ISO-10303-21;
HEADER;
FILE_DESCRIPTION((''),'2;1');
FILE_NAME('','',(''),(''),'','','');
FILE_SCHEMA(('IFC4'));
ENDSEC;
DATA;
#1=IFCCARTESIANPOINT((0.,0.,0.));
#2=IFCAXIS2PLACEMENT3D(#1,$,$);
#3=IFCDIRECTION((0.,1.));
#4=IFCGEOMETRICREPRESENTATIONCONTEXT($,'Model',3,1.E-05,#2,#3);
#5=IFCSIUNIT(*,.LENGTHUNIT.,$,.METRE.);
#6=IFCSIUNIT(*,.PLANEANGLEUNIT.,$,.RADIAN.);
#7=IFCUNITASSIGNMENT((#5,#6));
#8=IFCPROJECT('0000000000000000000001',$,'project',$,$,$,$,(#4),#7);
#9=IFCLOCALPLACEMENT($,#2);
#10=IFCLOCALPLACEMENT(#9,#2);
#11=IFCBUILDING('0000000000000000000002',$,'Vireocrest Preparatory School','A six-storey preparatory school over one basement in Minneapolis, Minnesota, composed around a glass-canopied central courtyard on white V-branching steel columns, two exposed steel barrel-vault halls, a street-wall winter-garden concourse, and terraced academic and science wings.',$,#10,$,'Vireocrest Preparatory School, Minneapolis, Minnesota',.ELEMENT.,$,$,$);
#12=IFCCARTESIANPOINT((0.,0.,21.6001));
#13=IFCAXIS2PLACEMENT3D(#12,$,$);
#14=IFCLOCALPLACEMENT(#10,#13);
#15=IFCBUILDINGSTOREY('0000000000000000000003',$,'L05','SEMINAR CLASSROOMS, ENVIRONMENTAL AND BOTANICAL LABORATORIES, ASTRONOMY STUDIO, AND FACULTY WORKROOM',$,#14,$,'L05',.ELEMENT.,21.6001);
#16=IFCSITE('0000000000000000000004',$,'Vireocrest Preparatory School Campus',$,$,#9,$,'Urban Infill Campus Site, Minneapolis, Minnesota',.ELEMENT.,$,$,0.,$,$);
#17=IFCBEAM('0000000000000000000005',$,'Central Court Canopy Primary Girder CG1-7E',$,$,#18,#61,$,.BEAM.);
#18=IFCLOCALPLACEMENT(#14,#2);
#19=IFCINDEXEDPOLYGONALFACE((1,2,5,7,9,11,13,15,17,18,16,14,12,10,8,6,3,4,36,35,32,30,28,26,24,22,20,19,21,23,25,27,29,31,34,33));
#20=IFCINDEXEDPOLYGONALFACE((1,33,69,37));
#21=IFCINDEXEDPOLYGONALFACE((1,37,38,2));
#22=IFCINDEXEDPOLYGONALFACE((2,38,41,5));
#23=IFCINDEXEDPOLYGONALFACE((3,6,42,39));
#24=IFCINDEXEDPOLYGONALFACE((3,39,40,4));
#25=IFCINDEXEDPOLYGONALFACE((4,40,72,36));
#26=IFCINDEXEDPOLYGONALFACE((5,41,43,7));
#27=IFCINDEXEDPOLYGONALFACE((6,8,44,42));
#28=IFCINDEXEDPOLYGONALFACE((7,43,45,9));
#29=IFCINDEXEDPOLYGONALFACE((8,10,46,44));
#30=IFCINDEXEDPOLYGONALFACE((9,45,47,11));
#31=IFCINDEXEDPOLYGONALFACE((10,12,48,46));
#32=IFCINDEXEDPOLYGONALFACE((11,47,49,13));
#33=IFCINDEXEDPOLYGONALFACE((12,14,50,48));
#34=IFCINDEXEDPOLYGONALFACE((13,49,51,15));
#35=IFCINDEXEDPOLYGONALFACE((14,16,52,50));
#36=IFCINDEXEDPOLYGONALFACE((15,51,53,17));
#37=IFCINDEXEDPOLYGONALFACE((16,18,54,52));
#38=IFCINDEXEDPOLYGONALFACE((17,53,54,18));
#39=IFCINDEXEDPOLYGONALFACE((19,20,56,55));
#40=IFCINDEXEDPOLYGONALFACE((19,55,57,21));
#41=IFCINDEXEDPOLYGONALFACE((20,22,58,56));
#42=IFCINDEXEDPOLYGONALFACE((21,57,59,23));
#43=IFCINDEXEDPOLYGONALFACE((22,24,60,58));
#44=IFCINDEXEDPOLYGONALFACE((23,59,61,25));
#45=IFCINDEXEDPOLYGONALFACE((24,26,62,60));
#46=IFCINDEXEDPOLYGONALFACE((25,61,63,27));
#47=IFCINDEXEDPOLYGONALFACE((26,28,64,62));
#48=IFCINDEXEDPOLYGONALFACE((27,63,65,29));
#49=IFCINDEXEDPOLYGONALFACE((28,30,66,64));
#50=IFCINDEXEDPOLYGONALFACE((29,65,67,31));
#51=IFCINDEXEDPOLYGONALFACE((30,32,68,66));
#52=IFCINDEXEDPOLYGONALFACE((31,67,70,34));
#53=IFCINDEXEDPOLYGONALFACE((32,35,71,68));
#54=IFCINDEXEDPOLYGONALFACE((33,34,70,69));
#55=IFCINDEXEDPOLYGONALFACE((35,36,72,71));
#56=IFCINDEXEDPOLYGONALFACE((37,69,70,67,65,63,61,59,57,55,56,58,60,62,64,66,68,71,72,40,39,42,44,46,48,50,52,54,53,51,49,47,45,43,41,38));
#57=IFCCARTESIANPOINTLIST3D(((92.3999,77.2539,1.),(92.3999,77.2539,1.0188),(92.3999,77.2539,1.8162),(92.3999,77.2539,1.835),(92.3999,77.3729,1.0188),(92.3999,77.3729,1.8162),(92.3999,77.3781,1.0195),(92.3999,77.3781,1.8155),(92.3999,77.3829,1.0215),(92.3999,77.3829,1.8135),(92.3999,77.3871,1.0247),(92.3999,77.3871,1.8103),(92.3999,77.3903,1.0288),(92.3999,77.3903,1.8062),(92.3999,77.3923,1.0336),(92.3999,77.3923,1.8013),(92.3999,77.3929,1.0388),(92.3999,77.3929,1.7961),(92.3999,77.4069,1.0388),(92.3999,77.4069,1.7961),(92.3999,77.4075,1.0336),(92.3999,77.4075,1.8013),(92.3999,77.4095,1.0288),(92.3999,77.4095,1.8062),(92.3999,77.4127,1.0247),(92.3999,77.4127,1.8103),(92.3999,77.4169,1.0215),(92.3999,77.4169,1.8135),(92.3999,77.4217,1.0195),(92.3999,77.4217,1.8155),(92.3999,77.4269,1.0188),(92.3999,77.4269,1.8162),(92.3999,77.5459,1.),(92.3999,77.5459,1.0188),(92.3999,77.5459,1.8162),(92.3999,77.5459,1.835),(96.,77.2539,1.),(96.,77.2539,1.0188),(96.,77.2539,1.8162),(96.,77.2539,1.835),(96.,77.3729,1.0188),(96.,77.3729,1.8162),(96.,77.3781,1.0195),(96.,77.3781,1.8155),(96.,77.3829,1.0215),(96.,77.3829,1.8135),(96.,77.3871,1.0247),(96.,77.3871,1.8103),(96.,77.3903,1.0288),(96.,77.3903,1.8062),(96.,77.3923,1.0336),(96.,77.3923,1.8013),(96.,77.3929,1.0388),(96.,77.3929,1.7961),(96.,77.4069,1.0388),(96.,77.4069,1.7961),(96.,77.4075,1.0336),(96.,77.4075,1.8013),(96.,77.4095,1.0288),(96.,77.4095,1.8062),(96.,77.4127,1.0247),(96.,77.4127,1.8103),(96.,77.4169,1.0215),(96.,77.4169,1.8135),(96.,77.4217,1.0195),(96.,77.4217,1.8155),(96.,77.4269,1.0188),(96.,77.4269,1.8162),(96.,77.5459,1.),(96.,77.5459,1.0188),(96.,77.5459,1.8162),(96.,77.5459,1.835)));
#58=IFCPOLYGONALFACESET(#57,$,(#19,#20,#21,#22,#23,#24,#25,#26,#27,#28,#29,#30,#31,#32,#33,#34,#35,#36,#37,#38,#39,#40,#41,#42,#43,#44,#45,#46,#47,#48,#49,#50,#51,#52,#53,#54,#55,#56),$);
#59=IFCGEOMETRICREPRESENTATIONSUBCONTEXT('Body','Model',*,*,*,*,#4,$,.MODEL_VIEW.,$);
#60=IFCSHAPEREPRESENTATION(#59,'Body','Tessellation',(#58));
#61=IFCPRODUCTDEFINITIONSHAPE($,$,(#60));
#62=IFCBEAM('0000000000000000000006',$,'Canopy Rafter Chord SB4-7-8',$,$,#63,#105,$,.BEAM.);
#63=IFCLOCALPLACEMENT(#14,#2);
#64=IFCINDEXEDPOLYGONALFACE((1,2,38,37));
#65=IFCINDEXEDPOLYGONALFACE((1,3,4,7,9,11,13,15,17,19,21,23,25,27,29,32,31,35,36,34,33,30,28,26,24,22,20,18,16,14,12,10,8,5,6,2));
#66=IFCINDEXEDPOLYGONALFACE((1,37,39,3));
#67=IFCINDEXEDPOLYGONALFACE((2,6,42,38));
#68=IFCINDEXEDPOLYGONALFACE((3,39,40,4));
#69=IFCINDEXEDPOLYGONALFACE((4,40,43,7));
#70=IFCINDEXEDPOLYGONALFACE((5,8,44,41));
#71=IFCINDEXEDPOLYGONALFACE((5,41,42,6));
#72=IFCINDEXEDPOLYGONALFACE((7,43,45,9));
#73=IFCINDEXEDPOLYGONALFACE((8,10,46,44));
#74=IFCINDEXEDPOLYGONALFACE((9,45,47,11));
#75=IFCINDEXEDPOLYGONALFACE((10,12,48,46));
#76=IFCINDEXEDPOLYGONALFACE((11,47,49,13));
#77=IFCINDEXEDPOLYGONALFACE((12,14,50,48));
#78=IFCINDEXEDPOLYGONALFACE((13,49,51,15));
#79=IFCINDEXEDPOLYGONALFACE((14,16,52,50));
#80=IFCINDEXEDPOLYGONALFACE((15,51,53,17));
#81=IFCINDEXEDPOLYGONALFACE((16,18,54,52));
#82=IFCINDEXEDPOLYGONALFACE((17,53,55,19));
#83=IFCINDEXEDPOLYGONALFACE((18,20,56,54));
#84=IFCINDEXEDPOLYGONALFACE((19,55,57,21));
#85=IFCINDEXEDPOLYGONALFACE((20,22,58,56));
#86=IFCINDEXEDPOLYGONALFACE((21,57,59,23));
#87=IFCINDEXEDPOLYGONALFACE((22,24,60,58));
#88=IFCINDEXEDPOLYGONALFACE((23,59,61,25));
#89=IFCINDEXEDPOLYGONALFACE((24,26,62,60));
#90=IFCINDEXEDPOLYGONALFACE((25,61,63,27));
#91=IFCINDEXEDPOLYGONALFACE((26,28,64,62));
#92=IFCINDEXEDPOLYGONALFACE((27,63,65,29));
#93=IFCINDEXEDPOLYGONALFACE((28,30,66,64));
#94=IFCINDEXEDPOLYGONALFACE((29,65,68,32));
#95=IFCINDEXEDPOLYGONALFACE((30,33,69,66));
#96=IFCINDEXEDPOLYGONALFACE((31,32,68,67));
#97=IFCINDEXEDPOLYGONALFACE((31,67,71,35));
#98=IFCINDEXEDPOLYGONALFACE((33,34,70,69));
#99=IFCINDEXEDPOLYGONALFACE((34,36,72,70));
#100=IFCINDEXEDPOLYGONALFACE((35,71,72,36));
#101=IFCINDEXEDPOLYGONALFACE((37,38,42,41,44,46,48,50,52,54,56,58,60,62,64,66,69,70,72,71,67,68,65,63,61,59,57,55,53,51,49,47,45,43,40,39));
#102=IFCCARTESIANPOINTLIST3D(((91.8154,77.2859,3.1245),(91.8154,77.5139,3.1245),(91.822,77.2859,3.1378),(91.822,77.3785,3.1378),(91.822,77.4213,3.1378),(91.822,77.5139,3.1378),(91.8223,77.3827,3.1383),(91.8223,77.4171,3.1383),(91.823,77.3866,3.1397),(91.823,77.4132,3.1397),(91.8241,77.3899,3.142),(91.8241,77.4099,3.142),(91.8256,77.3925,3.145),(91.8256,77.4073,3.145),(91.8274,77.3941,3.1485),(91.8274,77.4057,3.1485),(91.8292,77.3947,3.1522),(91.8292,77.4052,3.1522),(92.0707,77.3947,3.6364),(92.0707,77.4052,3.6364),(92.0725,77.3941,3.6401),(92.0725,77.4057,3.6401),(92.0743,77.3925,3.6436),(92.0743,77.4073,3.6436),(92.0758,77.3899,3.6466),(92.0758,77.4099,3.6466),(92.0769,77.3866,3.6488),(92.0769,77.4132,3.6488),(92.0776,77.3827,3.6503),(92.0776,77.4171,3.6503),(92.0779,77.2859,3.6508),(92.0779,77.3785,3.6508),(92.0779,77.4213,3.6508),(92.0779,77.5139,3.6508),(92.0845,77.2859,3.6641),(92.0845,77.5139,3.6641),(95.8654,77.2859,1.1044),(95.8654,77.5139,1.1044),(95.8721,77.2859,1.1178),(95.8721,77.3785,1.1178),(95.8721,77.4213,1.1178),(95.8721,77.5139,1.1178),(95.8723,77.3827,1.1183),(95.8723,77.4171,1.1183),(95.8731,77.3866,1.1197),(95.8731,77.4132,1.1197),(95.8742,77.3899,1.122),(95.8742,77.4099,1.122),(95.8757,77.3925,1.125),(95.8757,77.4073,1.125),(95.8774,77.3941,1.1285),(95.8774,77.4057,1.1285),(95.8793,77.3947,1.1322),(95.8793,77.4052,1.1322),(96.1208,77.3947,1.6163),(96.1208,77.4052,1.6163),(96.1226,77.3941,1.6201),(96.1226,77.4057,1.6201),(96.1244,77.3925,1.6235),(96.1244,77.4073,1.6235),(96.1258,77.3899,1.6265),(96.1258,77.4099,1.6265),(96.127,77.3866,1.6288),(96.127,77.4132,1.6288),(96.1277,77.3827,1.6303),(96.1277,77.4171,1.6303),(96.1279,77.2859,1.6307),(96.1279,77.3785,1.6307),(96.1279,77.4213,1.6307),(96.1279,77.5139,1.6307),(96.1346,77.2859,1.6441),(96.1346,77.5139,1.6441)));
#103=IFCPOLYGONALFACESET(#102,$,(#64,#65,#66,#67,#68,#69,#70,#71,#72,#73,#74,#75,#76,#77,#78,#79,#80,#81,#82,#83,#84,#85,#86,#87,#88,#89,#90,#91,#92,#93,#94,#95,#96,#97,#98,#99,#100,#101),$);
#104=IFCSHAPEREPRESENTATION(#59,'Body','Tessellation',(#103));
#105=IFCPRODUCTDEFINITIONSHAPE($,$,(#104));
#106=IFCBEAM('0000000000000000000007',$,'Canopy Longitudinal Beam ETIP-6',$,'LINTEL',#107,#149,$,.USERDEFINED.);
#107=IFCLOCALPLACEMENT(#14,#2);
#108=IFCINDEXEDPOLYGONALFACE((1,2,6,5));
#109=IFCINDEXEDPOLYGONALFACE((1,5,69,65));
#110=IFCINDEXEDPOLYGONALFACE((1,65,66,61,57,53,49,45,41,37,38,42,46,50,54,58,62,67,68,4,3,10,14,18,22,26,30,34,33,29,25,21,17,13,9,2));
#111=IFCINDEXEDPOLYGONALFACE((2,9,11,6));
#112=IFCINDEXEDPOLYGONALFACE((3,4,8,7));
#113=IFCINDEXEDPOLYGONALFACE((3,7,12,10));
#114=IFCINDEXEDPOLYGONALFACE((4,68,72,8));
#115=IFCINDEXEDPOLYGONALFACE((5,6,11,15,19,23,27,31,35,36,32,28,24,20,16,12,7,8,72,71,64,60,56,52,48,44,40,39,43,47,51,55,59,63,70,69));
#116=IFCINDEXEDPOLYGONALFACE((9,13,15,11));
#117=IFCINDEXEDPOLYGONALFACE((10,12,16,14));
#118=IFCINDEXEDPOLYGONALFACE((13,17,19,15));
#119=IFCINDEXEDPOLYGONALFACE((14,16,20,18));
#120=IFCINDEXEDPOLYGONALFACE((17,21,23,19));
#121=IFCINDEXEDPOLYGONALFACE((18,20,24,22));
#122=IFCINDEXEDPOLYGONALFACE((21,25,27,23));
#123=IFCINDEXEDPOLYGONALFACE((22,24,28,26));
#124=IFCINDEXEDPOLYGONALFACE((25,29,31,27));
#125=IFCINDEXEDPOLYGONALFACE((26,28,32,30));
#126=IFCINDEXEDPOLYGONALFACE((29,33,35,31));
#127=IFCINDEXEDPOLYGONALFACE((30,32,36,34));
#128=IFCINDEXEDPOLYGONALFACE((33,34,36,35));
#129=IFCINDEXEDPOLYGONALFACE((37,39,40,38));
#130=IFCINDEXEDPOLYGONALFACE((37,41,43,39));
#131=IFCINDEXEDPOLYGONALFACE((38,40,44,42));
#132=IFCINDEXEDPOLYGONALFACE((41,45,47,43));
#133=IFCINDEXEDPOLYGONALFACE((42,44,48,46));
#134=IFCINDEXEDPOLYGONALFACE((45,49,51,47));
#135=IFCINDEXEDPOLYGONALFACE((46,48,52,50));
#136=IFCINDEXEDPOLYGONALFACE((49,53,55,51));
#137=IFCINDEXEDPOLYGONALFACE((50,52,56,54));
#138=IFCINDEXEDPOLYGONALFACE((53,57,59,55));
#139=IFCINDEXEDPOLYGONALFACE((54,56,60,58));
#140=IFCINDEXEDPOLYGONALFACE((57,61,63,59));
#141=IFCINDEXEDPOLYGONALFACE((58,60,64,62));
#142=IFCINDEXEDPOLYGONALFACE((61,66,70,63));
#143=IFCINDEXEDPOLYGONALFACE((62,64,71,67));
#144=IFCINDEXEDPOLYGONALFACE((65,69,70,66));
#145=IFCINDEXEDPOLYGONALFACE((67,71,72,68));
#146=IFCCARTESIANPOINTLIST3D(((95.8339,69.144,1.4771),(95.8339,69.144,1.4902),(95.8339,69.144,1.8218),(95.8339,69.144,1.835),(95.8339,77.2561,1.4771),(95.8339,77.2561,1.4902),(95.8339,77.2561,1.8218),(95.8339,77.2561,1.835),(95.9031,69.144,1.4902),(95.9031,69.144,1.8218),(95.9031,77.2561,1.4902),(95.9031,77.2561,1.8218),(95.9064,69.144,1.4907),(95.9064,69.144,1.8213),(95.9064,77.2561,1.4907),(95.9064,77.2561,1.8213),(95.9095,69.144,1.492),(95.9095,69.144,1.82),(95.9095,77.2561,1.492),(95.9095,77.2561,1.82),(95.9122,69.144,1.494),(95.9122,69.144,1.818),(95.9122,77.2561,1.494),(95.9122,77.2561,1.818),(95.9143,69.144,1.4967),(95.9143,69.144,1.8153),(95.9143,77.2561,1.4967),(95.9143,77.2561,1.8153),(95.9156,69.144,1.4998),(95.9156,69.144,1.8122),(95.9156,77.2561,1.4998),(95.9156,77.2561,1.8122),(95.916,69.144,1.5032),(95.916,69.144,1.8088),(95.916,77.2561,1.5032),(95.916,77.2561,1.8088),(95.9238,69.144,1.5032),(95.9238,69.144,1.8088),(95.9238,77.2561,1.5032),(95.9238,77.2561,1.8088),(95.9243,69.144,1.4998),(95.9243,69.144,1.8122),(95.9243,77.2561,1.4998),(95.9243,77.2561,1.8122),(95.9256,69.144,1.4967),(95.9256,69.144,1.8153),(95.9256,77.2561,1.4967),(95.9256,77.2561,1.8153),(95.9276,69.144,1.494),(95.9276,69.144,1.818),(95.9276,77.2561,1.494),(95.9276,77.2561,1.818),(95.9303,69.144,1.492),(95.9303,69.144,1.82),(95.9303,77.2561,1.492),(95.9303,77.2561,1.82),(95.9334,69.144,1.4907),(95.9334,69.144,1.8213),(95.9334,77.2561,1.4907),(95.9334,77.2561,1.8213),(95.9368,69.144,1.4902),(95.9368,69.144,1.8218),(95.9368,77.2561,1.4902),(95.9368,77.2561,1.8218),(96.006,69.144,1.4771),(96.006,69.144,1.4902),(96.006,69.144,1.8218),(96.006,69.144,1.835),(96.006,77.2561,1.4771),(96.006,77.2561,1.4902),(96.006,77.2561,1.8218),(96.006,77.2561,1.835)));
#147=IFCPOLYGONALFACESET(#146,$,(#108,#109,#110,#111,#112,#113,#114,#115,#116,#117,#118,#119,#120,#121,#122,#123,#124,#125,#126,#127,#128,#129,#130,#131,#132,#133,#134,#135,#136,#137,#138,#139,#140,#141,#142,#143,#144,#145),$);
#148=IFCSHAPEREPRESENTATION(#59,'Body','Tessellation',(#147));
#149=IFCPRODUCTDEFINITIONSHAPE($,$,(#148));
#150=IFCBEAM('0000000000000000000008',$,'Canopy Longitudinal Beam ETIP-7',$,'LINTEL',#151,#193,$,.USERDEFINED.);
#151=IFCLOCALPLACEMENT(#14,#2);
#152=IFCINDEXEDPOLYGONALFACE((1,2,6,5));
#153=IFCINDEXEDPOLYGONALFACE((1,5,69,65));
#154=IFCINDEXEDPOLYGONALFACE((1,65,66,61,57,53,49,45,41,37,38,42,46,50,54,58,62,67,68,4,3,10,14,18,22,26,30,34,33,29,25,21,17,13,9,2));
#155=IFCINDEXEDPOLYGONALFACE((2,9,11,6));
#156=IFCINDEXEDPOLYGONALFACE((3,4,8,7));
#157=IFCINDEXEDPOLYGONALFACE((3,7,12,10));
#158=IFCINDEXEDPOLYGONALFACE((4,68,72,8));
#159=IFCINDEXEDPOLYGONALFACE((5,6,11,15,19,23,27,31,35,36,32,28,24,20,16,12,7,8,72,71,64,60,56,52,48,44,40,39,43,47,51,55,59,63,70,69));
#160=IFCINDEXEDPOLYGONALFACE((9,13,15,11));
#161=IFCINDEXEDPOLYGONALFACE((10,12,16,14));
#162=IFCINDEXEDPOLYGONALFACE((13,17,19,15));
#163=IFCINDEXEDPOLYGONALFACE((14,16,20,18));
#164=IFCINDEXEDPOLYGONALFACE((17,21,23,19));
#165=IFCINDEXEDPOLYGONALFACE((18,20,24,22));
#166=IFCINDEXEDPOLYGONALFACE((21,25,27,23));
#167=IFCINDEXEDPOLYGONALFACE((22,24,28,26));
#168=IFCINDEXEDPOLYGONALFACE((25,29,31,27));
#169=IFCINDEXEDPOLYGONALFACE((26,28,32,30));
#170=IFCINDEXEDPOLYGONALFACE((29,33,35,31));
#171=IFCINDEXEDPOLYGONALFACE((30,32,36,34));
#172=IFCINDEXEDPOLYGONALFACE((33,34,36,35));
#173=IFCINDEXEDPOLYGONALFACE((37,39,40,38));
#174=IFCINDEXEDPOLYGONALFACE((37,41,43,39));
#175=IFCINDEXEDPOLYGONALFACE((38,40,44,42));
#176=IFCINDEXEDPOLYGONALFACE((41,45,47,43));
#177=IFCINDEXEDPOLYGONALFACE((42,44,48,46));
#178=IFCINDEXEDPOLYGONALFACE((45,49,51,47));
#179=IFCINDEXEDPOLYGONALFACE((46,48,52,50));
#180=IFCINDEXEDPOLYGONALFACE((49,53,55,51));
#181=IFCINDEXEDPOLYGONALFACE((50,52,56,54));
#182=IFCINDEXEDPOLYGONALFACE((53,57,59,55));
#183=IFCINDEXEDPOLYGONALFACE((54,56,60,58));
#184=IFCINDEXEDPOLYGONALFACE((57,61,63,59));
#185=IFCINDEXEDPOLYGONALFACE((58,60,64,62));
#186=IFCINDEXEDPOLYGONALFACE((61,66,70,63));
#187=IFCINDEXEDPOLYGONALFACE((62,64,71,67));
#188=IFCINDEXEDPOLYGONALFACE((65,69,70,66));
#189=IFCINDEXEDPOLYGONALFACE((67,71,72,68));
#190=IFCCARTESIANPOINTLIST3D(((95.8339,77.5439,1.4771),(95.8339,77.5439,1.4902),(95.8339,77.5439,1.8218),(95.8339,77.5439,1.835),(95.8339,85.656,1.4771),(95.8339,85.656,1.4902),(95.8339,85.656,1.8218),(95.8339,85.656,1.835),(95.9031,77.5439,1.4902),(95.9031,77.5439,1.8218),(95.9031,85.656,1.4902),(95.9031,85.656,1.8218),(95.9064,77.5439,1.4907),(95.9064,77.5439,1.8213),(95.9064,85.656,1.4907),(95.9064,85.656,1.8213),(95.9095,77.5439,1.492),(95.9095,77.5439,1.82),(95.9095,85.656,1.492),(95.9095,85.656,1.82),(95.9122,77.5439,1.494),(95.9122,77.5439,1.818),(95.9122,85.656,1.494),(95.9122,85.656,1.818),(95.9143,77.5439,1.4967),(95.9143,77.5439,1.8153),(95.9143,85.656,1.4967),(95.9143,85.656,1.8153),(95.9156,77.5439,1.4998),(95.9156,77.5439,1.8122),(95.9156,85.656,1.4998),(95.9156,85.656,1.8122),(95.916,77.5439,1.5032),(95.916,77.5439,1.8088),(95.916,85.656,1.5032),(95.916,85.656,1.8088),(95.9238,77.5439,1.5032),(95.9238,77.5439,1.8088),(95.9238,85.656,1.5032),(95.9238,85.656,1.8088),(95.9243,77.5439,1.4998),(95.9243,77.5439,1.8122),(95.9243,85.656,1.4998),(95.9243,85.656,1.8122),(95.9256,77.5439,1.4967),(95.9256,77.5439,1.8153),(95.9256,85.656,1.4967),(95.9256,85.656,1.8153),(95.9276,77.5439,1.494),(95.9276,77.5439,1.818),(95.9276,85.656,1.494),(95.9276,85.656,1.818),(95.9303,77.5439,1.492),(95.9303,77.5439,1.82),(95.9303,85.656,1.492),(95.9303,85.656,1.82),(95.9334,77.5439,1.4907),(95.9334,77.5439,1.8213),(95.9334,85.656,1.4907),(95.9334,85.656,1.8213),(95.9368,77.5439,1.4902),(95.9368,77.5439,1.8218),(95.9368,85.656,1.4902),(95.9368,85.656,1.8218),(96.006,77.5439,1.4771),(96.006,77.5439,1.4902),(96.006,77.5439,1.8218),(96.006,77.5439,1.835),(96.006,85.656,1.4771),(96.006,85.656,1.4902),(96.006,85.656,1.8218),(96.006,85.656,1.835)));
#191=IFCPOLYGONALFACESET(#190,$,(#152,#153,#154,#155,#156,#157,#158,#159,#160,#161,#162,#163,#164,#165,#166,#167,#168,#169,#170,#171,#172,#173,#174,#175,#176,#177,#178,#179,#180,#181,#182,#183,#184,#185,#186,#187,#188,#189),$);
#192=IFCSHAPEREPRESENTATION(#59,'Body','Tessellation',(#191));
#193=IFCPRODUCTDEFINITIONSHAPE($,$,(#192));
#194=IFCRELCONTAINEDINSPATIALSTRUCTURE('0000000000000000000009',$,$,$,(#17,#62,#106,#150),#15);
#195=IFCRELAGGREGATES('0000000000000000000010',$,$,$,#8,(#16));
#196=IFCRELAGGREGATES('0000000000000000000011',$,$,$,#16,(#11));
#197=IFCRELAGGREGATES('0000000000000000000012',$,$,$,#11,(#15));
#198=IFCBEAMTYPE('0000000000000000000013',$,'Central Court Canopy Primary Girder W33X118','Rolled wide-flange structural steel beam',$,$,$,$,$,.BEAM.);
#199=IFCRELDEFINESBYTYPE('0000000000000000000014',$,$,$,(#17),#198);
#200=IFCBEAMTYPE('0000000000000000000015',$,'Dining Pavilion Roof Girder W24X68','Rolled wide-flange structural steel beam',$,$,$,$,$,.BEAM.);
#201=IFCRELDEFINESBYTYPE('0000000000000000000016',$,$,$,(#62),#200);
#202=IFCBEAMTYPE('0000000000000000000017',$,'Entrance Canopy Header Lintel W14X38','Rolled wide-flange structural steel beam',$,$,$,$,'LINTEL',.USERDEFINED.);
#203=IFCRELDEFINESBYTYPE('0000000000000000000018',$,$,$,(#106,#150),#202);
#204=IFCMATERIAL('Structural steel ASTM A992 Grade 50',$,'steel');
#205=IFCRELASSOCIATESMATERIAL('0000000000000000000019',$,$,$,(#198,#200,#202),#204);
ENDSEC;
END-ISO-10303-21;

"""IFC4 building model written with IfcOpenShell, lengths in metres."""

from ifc_helpers import new_model, si_unit, direction, frame, origin, origin_2d, place, context, subcontext, project, spatial, i_section, extrude, material, material_profile, profile_set, type_object, element, save


model = new_model("IFC4")

# Units and contexts
model_context = context("Model", 3, precision=1e-05, world=origin(), true_north=direction((0.0, 1.0)))
body_context = subcontext(model_context, "Body", "Model", "MODEL_VIEW")
ifc_project = project(units=[si_unit("LENGTHUNIT", "METRE"), si_unit("PLANEANGLEUNIT", "RADIAN")], contexts=[model_context])

# Site, building, storey
site_placement = place(None, origin())
site = spatial("IfcSite", under=ifc_project, at=site_placement, Name="Vireocrest Preparatory School Campus", LongName="Urban Infill Campus Site, Minneapolis, Minnesota", CompositionType="ELEMENT", RefElevation=0.0)
building_placement = place(site_placement, origin())
building = spatial("IfcBuilding", under=site, at=building_placement, Name="Vireocrest Preparatory School", Description="A six-storey preparatory school over one basement in Minneapolis, Minnesota, composed around a glass-canopied central courtyard on white V-branching steel columns, two exposed steel barrel-vault halls, a street-wall winter-garden concourse, and terraced academic and science wings.", LongName="Vireocrest Preparatory School, Minneapolis, Minnesota", CompositionType="ELEMENT")
storey_placement = place(building_placement, frame((0.0, 0.0, 21.6001)))
storey = spatial("IfcBuildingStorey", under=building, at=storey_placement, Name="L05", Description="SEMINAR CLASSROOMS, ENVIRONMENTAL AND BOTANICAL LABORATORIES, ASTRONOMY STUDIO, AND FACULTY WORKROOM", LongName="L05", CompositionType="ELEMENT", Elevation=21.6001)

# Shared definitions
ifc_material_1 = material(Name="Structural steel ASTM A992 Grade 50", Category="steel")

# Beams
ifc_material_profile_1 = material_profile(ifc_material_1, i_section(OverallWidth=0.292, OverallDepth=0.835, WebThickness=0.0139, FlangeThickness=0.0188, FilletRadius=0.02, at=origin_2d()), Name="W33X118")
ifc_profile_set_1 = profile_set([ifc_material_profile_1], Name="Structural steel ASTM A992 Grade 50")
beam_type_1 = type_object("IfcBeamType", Name="Central Court Canopy Primary Girder W33X118", Description="Rolled wide-flange structural steel beam", PredefinedType="BEAM", material=ifc_profile_set_1)
beam_1_placement = place(storey_placement, frame((92.3999, 77.3999, 1.4175), z_axis=(1.0, 0.0, 0.0), x_axis=(0.0, 1.0, 0.0)))
element("IfcBeam", 1, at=beam_1_placement, inside=storey, type_object=beam_type_1, Name="Central Court Canopy Primary Girder CG1-7E", PredefinedType="BEAM", context=body_context, shape_type="SweptSolid", body=[
    extrude(i_section(OverallWidth=0.292, OverallDepth=0.835, WebThickness=0.0139, FlangeThickness=0.0188, FilletRadius=0.02, at=origin_2d()), origin(), (0.0, 0.0, 1.0), 3.6001),
])
ifc_material_profile_2 = material_profile(ifc_material_1, i_section(OverallWidth=0.228, OverallDepth=0.603, WebThickness=0.0105, FlangeThickness=0.0149, FilletRadius=0.0161, at=origin_2d()), Name="W24X68")
ifc_profile_set_2 = profile_set([ifc_material_profile_2], Name="Structural steel ASTM A992 Grade 50")
beam_type_2 = type_object("IfcBeamType", Name="Dining Pavilion Roof Girder W24X68", Description="Rolled wide-flange structural steel beam", PredefinedType="BEAM", material=ifc_profile_set_2)
beam_2_placement = place(storey_placement, frame((91.95, 77.3999, 3.3943), z_axis=(0.894869, 0.0, -0.446329), x_axis=(0.0, 1.0, 0.0)))
element("IfcBeam", 2, at=beam_2_placement, inside=storey, type_object=beam_type_2, Name="Canopy Rafter Chord SB4-7-8", PredefinedType="BEAM", context=body_context, shape_type="SweptSolid", body=[
    extrude(i_section(OverallWidth=0.228, OverallDepth=0.603, WebThickness=0.0105, FlangeThickness=0.0149, FilletRadius=0.0161, at=origin_2d()), origin(), (0.0, 0.0, 1.0), 4.5259),
])
ifc_material_profile_3 = material_profile(ifc_material_1, i_section(OverallWidth=0.1721, OverallDepth=0.3579, WebThickness=0.0078, FlangeThickness=0.0132, FilletRadius=0.0129, at=origin_2d()), Name="W14X38")
ifc_profile_set_3 = profile_set([ifc_material_profile_3], Name="Structural steel ASTM A992 Grade 50")
beam_type_3 = type_object("IfcBeamType", Name="Entrance Canopy Header Lintel W14X38", Description="Rolled wide-flange structural steel beam", ElementType="LINTEL", PredefinedType="USERDEFINED", material=ifc_profile_set_3)
for number, where, z_axis, x_axis, name in (
    (3, (95.9199, 69.144, 1.656), (0.0, 1.0, 0.0), (-1.0, 0.0, 0.0), "Canopy Longitudinal Beam ETIP-6"),
    (4, (95.9199, 77.5439, 1.656), (0.0, 1.0, 0.0), (-1.0, 0.0, 0.0), "Canopy Longitudinal Beam ETIP-7"),
):
    element("IfcBeam", number, at=place(storey_placement, frame(where, z_axis=z_axis, x_axis=x_axis)), inside=storey, type_object=beam_type_3, Name=name, ObjectType="LINTEL", PredefinedType="USERDEFINED", context=body_context, shape_type="SweptSolid", body=[
        extrude(i_section(OverallWidth=0.1721, OverallDepth=0.3579, WebThickness=0.0078, FlangeThickness=0.0132, FilletRadius=0.0129, at=origin_2d()), origin(), (0.0, 0.0, 1.0), 8.1121),
    ])

save(model, "model.ifc")
